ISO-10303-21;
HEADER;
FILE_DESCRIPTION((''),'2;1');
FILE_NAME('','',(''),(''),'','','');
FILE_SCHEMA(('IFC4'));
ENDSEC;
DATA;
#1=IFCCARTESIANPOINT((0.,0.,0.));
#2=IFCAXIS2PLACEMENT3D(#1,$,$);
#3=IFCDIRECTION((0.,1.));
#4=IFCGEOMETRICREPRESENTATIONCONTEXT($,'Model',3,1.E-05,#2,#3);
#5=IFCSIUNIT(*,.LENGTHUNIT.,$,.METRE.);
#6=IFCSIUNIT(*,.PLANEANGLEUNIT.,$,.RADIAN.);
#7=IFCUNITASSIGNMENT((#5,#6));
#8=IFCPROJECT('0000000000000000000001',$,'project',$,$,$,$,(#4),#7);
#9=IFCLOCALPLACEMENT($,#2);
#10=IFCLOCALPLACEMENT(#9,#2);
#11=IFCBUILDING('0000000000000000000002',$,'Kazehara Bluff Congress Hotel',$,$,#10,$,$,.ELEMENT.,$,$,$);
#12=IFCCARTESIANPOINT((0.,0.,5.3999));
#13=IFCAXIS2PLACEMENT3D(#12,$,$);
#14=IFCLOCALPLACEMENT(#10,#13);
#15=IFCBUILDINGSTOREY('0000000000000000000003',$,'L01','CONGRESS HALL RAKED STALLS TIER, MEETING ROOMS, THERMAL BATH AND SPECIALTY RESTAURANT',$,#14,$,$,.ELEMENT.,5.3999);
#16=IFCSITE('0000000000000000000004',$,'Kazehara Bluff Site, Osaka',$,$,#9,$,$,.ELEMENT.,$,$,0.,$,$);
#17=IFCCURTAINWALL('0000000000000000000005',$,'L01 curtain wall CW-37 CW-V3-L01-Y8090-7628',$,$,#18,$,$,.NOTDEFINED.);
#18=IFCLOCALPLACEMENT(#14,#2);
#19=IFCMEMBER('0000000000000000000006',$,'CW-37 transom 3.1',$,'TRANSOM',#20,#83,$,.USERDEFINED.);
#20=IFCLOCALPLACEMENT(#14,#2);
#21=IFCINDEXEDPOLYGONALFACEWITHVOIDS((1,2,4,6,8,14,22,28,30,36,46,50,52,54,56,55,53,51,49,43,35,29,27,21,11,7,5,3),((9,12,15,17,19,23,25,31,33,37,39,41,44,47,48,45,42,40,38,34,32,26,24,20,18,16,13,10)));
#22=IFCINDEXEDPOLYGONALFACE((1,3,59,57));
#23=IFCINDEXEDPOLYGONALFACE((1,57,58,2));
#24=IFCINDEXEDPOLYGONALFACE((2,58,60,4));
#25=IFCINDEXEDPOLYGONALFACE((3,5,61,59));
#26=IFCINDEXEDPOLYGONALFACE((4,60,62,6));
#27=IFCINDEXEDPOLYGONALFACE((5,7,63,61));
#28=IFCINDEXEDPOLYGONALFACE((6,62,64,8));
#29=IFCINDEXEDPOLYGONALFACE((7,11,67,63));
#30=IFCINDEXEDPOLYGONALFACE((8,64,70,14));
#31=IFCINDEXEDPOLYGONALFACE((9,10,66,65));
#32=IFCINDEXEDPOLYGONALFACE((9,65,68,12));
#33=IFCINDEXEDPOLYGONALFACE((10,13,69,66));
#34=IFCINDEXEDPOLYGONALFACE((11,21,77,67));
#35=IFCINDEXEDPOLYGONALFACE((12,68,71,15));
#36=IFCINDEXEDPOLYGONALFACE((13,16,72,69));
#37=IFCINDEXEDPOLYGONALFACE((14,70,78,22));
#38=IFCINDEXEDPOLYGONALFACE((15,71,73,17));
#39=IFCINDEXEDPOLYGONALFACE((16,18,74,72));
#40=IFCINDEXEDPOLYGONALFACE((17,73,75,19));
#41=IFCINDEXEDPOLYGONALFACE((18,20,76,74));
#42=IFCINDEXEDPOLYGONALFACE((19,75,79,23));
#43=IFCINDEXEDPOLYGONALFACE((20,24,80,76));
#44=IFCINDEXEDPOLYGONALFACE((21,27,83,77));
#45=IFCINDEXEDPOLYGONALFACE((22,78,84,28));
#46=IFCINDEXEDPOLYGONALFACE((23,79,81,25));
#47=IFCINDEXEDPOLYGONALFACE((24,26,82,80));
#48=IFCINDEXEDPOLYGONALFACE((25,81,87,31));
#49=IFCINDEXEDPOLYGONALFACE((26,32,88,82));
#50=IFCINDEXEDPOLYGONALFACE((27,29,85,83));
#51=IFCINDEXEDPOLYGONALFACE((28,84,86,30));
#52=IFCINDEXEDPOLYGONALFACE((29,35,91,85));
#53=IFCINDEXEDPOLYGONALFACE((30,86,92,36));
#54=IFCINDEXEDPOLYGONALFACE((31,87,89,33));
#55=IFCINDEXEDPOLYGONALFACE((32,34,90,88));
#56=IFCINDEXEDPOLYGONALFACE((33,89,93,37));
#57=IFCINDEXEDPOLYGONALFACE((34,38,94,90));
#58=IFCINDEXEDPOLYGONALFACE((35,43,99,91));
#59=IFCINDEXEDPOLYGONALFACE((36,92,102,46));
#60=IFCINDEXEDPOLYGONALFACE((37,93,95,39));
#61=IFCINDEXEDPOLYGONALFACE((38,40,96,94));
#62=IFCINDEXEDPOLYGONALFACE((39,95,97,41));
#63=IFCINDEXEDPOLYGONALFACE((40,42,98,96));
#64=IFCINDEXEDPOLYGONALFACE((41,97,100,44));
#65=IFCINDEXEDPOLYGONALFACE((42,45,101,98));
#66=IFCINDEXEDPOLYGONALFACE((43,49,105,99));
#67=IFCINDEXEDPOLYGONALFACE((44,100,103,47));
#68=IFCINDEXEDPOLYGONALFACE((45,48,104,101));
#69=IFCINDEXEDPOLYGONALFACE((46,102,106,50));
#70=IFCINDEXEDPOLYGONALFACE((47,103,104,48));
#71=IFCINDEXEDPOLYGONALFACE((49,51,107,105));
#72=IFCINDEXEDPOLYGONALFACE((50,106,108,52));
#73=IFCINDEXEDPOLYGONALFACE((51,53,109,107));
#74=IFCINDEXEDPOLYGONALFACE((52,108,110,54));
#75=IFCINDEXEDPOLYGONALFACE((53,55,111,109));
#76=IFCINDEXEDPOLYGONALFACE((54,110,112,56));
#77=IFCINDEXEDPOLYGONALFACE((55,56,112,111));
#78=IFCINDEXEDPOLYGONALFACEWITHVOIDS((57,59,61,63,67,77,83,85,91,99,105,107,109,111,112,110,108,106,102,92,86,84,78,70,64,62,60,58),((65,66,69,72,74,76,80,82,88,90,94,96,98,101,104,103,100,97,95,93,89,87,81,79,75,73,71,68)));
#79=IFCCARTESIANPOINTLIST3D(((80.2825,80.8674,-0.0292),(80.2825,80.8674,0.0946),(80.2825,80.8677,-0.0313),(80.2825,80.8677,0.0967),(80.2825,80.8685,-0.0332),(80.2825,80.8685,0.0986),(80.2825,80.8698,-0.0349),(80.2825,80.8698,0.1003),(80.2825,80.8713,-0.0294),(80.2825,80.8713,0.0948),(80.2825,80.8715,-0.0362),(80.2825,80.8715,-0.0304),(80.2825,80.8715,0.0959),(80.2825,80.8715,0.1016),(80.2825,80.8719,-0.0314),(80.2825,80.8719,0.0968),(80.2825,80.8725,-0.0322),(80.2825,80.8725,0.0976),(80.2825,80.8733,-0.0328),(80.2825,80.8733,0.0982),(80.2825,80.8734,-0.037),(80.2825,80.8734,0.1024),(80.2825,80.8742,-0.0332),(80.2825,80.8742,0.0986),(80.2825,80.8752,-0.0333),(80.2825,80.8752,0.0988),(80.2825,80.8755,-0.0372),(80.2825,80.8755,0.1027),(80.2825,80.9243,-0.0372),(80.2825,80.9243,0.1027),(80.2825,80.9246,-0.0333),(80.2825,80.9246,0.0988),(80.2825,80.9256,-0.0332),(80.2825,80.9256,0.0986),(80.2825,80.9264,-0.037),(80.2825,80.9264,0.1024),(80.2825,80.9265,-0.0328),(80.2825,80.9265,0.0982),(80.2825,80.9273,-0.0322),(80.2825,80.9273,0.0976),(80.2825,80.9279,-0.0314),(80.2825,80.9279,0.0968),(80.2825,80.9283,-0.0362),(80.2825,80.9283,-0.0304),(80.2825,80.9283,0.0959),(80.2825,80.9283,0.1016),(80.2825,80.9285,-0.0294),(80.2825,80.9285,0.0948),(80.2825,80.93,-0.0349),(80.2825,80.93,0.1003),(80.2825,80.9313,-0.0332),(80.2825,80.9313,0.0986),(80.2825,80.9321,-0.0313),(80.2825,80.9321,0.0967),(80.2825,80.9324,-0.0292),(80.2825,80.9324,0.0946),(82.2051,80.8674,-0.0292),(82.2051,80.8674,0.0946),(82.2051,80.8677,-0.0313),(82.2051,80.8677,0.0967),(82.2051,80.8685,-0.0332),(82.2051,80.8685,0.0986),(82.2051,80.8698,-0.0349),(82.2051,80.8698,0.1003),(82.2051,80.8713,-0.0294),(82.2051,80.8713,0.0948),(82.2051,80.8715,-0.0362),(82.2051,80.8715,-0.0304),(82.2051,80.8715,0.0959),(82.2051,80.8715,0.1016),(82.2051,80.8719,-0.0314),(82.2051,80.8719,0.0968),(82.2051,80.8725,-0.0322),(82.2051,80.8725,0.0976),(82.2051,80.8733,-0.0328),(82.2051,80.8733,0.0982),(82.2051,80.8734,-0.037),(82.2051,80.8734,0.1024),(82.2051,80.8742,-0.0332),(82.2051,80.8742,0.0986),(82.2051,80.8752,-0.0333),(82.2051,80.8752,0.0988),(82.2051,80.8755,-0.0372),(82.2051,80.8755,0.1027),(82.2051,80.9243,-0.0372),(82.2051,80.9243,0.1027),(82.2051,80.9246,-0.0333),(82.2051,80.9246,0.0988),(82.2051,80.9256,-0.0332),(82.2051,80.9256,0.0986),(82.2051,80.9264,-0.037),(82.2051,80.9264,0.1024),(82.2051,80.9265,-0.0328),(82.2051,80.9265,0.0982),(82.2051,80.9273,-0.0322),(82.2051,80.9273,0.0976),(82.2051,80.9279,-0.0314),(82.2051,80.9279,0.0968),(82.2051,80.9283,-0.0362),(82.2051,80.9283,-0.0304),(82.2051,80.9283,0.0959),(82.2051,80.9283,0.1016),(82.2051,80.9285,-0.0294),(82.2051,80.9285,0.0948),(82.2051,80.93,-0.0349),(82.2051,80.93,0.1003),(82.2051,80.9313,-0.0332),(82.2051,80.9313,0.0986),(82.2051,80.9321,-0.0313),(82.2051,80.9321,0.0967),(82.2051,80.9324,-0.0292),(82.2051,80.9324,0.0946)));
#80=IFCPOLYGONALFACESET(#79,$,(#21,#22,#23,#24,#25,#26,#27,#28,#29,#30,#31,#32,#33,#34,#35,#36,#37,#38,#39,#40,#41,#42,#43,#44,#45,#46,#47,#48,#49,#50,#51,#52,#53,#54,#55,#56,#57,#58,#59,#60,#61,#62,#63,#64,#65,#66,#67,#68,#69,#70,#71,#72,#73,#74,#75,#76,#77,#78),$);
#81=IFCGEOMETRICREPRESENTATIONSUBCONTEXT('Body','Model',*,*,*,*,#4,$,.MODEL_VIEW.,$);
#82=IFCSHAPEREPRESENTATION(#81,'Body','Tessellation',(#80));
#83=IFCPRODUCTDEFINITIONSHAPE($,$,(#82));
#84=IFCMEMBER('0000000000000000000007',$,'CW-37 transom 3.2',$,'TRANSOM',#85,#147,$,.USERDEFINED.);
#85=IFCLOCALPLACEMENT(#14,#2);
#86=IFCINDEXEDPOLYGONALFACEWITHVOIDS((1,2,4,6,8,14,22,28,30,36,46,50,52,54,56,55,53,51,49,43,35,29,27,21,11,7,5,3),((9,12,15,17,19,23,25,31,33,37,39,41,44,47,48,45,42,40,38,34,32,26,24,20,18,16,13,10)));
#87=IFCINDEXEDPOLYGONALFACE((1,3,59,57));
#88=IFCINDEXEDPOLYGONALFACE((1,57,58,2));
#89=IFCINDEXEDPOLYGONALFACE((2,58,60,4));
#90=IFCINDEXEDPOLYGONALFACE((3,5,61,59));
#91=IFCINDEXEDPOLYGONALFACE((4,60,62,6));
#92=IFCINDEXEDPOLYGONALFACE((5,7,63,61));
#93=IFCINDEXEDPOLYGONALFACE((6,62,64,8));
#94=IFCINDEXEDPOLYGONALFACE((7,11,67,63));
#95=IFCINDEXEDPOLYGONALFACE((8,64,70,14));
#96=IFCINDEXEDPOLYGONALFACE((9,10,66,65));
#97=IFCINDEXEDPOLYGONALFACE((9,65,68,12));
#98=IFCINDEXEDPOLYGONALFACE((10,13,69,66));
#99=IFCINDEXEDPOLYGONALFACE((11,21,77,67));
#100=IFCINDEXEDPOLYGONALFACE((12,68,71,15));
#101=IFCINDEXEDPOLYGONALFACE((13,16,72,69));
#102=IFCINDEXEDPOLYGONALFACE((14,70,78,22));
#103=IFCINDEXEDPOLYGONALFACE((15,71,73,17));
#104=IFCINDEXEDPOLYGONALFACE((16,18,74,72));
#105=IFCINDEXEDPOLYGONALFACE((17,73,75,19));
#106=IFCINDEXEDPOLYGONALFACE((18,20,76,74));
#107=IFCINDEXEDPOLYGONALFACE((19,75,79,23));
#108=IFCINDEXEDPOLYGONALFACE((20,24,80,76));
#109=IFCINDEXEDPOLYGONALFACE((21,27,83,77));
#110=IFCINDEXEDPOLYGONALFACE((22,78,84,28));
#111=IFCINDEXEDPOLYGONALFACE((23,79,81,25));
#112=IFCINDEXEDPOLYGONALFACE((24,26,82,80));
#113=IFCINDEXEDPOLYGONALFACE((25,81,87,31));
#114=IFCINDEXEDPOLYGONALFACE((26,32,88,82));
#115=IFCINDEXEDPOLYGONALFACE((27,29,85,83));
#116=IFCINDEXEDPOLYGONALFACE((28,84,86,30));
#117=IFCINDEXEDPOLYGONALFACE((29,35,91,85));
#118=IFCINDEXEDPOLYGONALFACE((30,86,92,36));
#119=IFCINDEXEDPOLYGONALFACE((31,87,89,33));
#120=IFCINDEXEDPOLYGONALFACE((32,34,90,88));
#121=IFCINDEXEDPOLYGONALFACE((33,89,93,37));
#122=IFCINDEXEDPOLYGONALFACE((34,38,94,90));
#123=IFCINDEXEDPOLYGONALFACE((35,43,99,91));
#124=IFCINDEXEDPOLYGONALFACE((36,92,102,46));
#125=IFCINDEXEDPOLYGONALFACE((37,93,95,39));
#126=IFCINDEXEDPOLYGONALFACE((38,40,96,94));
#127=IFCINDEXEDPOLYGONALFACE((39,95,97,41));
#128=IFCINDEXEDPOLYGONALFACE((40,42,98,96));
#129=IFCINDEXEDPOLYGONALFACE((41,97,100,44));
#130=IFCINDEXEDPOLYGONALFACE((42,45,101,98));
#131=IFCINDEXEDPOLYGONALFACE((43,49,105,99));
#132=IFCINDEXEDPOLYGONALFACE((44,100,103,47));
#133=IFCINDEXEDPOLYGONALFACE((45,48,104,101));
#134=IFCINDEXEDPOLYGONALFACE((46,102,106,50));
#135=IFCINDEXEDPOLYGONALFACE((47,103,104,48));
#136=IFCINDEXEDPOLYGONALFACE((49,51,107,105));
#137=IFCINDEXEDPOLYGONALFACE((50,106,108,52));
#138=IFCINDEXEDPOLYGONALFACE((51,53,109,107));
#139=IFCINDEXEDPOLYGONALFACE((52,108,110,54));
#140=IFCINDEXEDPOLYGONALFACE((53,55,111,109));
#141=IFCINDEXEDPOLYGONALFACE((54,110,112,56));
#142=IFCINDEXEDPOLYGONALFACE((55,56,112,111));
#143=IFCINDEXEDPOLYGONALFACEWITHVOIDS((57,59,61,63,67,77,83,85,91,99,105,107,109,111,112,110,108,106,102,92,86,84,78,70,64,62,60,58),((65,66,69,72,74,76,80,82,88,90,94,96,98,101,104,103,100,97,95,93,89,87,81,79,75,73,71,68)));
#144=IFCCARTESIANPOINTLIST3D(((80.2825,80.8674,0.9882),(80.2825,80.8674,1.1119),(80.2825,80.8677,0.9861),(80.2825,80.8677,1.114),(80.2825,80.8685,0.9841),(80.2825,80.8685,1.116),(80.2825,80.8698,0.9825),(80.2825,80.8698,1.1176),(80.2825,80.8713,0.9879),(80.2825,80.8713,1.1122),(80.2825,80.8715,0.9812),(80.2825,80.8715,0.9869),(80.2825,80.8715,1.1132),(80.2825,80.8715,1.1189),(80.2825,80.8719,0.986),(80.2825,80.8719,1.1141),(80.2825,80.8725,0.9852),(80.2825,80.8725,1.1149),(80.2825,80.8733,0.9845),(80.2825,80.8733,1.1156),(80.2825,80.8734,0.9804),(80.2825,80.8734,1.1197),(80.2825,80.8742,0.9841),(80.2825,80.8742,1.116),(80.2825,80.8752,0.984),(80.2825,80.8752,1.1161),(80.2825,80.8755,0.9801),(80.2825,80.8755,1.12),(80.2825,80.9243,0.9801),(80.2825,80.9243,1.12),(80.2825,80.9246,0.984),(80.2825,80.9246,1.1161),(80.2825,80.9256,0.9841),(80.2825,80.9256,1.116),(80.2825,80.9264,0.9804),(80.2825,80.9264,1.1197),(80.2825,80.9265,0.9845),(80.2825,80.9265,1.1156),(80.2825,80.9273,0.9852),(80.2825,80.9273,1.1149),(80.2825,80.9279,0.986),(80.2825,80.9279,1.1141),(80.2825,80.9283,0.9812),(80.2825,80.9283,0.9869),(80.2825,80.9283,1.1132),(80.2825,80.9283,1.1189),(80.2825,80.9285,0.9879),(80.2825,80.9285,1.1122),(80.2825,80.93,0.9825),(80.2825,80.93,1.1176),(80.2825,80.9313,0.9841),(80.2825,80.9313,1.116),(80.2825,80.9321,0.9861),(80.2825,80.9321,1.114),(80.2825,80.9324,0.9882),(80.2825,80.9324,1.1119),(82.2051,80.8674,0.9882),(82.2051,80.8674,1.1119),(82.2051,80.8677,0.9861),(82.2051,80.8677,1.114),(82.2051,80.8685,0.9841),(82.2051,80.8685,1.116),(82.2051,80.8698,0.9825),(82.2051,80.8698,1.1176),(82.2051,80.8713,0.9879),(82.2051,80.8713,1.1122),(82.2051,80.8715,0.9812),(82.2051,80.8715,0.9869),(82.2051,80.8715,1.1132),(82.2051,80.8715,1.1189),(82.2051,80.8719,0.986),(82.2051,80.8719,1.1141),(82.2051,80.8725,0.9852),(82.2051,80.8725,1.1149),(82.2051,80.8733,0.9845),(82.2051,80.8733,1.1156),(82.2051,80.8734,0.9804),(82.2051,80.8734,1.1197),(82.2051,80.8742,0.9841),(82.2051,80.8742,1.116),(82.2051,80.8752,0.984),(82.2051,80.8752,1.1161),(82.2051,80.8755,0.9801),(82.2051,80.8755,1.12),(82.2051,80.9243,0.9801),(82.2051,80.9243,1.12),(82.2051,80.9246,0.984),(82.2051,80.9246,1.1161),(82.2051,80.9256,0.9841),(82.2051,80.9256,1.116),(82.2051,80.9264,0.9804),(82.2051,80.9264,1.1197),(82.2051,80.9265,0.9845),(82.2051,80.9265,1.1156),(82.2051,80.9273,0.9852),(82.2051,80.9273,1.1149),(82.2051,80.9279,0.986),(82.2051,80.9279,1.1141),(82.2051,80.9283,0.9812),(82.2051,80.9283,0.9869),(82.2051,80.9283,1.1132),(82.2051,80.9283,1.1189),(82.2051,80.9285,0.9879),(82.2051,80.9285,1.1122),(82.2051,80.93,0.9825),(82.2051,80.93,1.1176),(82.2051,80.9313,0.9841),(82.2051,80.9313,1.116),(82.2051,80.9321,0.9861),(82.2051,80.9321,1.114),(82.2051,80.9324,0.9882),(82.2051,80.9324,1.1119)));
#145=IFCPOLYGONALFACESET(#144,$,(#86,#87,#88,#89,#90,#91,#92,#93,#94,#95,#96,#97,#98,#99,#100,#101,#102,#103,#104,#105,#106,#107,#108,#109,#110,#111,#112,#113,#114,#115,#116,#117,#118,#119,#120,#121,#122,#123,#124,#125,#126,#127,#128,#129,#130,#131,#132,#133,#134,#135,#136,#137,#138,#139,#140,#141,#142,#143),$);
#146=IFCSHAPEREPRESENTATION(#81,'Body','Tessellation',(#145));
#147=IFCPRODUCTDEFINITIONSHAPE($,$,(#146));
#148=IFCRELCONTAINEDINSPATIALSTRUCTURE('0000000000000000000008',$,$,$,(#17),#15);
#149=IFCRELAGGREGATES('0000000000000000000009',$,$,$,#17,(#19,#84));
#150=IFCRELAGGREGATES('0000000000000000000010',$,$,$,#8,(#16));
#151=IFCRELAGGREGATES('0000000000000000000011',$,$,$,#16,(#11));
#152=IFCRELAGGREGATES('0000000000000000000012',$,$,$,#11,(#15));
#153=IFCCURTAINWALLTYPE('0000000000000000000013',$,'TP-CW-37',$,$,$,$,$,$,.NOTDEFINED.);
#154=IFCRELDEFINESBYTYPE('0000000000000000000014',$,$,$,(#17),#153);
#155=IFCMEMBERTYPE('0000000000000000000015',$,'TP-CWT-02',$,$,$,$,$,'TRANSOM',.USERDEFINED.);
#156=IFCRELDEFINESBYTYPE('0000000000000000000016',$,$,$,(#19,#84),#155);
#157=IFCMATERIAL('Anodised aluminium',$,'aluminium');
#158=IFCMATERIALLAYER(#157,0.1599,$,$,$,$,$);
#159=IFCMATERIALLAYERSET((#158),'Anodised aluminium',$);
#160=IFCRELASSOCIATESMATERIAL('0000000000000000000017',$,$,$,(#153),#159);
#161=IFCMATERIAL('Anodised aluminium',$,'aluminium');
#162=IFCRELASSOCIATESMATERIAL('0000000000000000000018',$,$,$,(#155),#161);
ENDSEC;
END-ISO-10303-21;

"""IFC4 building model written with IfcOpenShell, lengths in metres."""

from ifc_helpers import new_model, si_unit, direction, frame, origin, origin_2d, place, context, subcontext, project, spatial, hollow_rectangle, extrude, material, layer, layer_set, material_profile, profile_set, type_object, element, aggregate, save


model = new_model("IFC4")

# Units and contexts
model_context = context("Model", 3, precision=1e-05, world=origin(), true_north=direction((0.0, 1.0)))
body_context = subcontext(model_context, "Body", "Model", "MODEL_VIEW")
ifc_project = project(units=[si_unit("LENGTHUNIT", "METRE"), si_unit("PLANEANGLEUNIT", "RADIAN")], contexts=[model_context])

# Site, building, storey
site_placement = place(None, origin())
site = spatial("IfcSite", under=ifc_project, at=site_placement, Name="Kazehara Bluff Site, Osaka", CompositionType="ELEMENT", RefElevation=0.0)
building_placement = place(site_placement, origin())
building = spatial("IfcBuilding", under=site, at=building_placement, Name="Kazehara Bluff Congress Hotel", CompositionType="ELEMENT")
storey_placement = place(building_placement, frame((0.0, 0.0, 5.3999)))
storey = spatial("IfcBuildingStorey", under=building, at=storey_placement, Name="L01", Description="CONGRESS HALL RAKED STALLS TIER, MEETING ROOMS, THERMAL BATH AND SPECIALTY RESTAURANT", CompositionType="ELEMENT", Elevation=5.3999)

# Curtain wall, members
ifc_material_1 = material(Name="Anodised aluminium", Category="aluminium")
ifc_layer_1 = layer(ifc_material_1, 0.1599)
ifc_layer_set_1 = layer_set([ifc_layer_1], Name="Anodised aluminium")
curtain_wall_type = type_object("IfcCurtainWallType", Name="TP-CW-37", PredefinedType="NOTDEFINED", material=ifc_layer_set_1)
curtain_wall_placement = place(storey_placement, origin())
curtain_wall = element("IfcCurtainWall", 1, at=curtain_wall_placement, inside=storey, type_object=curtain_wall_type, Name="L01 curtain wall CW-37 CW-V3-L01-Y8090-7628", PredefinedType="NOTDEFINED")
ifc_material_2 = material(Name="Anodised aluminium", Category="aluminium")
ifc_material_profile_1 = material_profile(ifc_material_2, hollow_rectangle(XDim=0.0649, YDim=0.1399, WallThickness=0.0039, InnerFilletRadius=0.0039, OuterFilletRadius=0.0081, at=origin_2d()))
ifc_profile_set_1 = profile_set([ifc_material_profile_1], Name="Anodised aluminium")
member_type_1 = type_object("IfcMemberType", Name="TP-CWT-02", ElementType="TRANSOM", PredefinedType="USERDEFINED", material=ifc_profile_set_1)
member_1_placement = place(storey_placement, frame((80.2825, 80.8999, 0.0327), z_axis=(1.0, 0.0, 0.0), x_axis=(0.0, 1.0, 0.0)))
member_1 = element("IfcMember", 2, at=member_1_placement, type_object=member_type_1, Name="CW-37 transom 3.1", ObjectType="TRANSOM", PredefinedType="USERDEFINED", context=body_context, shape_type="SweptSolid", body=[
    extrude(hollow_rectangle(XDim=0.0649, YDim=0.1399, WallThickness=0.0039, InnerFilletRadius=0.0039, OuterFilletRadius=0.0081, at=origin_2d()), origin(), (0.0, 0.0, 1.0), 1.9226),
])
member_2_placement = place(storey_placement, frame((80.2825, 80.8999, 1.05), z_axis=(1.0, 0.0, 0.0), x_axis=(0.0, 1.0, 0.0)))
member_2 = element("IfcMember", 3, at=member_2_placement, type_object=member_type_1, Name="CW-37 transom 3.2", ObjectType="TRANSOM", PredefinedType="USERDEFINED", context=body_context, shape_type="SweptSolid", body=[
    extrude(hollow_rectangle(XDim=0.0649, YDim=0.1399, WallThickness=0.0039, InnerFilletRadius=0.0039, OuterFilletRadius=0.0081, at=origin_2d()), origin(), (0.0, 0.0, 1.0), 1.9226),
])

aggregate(curtain_wall, [member_1, member_2])

save(model, "model.ifc")
